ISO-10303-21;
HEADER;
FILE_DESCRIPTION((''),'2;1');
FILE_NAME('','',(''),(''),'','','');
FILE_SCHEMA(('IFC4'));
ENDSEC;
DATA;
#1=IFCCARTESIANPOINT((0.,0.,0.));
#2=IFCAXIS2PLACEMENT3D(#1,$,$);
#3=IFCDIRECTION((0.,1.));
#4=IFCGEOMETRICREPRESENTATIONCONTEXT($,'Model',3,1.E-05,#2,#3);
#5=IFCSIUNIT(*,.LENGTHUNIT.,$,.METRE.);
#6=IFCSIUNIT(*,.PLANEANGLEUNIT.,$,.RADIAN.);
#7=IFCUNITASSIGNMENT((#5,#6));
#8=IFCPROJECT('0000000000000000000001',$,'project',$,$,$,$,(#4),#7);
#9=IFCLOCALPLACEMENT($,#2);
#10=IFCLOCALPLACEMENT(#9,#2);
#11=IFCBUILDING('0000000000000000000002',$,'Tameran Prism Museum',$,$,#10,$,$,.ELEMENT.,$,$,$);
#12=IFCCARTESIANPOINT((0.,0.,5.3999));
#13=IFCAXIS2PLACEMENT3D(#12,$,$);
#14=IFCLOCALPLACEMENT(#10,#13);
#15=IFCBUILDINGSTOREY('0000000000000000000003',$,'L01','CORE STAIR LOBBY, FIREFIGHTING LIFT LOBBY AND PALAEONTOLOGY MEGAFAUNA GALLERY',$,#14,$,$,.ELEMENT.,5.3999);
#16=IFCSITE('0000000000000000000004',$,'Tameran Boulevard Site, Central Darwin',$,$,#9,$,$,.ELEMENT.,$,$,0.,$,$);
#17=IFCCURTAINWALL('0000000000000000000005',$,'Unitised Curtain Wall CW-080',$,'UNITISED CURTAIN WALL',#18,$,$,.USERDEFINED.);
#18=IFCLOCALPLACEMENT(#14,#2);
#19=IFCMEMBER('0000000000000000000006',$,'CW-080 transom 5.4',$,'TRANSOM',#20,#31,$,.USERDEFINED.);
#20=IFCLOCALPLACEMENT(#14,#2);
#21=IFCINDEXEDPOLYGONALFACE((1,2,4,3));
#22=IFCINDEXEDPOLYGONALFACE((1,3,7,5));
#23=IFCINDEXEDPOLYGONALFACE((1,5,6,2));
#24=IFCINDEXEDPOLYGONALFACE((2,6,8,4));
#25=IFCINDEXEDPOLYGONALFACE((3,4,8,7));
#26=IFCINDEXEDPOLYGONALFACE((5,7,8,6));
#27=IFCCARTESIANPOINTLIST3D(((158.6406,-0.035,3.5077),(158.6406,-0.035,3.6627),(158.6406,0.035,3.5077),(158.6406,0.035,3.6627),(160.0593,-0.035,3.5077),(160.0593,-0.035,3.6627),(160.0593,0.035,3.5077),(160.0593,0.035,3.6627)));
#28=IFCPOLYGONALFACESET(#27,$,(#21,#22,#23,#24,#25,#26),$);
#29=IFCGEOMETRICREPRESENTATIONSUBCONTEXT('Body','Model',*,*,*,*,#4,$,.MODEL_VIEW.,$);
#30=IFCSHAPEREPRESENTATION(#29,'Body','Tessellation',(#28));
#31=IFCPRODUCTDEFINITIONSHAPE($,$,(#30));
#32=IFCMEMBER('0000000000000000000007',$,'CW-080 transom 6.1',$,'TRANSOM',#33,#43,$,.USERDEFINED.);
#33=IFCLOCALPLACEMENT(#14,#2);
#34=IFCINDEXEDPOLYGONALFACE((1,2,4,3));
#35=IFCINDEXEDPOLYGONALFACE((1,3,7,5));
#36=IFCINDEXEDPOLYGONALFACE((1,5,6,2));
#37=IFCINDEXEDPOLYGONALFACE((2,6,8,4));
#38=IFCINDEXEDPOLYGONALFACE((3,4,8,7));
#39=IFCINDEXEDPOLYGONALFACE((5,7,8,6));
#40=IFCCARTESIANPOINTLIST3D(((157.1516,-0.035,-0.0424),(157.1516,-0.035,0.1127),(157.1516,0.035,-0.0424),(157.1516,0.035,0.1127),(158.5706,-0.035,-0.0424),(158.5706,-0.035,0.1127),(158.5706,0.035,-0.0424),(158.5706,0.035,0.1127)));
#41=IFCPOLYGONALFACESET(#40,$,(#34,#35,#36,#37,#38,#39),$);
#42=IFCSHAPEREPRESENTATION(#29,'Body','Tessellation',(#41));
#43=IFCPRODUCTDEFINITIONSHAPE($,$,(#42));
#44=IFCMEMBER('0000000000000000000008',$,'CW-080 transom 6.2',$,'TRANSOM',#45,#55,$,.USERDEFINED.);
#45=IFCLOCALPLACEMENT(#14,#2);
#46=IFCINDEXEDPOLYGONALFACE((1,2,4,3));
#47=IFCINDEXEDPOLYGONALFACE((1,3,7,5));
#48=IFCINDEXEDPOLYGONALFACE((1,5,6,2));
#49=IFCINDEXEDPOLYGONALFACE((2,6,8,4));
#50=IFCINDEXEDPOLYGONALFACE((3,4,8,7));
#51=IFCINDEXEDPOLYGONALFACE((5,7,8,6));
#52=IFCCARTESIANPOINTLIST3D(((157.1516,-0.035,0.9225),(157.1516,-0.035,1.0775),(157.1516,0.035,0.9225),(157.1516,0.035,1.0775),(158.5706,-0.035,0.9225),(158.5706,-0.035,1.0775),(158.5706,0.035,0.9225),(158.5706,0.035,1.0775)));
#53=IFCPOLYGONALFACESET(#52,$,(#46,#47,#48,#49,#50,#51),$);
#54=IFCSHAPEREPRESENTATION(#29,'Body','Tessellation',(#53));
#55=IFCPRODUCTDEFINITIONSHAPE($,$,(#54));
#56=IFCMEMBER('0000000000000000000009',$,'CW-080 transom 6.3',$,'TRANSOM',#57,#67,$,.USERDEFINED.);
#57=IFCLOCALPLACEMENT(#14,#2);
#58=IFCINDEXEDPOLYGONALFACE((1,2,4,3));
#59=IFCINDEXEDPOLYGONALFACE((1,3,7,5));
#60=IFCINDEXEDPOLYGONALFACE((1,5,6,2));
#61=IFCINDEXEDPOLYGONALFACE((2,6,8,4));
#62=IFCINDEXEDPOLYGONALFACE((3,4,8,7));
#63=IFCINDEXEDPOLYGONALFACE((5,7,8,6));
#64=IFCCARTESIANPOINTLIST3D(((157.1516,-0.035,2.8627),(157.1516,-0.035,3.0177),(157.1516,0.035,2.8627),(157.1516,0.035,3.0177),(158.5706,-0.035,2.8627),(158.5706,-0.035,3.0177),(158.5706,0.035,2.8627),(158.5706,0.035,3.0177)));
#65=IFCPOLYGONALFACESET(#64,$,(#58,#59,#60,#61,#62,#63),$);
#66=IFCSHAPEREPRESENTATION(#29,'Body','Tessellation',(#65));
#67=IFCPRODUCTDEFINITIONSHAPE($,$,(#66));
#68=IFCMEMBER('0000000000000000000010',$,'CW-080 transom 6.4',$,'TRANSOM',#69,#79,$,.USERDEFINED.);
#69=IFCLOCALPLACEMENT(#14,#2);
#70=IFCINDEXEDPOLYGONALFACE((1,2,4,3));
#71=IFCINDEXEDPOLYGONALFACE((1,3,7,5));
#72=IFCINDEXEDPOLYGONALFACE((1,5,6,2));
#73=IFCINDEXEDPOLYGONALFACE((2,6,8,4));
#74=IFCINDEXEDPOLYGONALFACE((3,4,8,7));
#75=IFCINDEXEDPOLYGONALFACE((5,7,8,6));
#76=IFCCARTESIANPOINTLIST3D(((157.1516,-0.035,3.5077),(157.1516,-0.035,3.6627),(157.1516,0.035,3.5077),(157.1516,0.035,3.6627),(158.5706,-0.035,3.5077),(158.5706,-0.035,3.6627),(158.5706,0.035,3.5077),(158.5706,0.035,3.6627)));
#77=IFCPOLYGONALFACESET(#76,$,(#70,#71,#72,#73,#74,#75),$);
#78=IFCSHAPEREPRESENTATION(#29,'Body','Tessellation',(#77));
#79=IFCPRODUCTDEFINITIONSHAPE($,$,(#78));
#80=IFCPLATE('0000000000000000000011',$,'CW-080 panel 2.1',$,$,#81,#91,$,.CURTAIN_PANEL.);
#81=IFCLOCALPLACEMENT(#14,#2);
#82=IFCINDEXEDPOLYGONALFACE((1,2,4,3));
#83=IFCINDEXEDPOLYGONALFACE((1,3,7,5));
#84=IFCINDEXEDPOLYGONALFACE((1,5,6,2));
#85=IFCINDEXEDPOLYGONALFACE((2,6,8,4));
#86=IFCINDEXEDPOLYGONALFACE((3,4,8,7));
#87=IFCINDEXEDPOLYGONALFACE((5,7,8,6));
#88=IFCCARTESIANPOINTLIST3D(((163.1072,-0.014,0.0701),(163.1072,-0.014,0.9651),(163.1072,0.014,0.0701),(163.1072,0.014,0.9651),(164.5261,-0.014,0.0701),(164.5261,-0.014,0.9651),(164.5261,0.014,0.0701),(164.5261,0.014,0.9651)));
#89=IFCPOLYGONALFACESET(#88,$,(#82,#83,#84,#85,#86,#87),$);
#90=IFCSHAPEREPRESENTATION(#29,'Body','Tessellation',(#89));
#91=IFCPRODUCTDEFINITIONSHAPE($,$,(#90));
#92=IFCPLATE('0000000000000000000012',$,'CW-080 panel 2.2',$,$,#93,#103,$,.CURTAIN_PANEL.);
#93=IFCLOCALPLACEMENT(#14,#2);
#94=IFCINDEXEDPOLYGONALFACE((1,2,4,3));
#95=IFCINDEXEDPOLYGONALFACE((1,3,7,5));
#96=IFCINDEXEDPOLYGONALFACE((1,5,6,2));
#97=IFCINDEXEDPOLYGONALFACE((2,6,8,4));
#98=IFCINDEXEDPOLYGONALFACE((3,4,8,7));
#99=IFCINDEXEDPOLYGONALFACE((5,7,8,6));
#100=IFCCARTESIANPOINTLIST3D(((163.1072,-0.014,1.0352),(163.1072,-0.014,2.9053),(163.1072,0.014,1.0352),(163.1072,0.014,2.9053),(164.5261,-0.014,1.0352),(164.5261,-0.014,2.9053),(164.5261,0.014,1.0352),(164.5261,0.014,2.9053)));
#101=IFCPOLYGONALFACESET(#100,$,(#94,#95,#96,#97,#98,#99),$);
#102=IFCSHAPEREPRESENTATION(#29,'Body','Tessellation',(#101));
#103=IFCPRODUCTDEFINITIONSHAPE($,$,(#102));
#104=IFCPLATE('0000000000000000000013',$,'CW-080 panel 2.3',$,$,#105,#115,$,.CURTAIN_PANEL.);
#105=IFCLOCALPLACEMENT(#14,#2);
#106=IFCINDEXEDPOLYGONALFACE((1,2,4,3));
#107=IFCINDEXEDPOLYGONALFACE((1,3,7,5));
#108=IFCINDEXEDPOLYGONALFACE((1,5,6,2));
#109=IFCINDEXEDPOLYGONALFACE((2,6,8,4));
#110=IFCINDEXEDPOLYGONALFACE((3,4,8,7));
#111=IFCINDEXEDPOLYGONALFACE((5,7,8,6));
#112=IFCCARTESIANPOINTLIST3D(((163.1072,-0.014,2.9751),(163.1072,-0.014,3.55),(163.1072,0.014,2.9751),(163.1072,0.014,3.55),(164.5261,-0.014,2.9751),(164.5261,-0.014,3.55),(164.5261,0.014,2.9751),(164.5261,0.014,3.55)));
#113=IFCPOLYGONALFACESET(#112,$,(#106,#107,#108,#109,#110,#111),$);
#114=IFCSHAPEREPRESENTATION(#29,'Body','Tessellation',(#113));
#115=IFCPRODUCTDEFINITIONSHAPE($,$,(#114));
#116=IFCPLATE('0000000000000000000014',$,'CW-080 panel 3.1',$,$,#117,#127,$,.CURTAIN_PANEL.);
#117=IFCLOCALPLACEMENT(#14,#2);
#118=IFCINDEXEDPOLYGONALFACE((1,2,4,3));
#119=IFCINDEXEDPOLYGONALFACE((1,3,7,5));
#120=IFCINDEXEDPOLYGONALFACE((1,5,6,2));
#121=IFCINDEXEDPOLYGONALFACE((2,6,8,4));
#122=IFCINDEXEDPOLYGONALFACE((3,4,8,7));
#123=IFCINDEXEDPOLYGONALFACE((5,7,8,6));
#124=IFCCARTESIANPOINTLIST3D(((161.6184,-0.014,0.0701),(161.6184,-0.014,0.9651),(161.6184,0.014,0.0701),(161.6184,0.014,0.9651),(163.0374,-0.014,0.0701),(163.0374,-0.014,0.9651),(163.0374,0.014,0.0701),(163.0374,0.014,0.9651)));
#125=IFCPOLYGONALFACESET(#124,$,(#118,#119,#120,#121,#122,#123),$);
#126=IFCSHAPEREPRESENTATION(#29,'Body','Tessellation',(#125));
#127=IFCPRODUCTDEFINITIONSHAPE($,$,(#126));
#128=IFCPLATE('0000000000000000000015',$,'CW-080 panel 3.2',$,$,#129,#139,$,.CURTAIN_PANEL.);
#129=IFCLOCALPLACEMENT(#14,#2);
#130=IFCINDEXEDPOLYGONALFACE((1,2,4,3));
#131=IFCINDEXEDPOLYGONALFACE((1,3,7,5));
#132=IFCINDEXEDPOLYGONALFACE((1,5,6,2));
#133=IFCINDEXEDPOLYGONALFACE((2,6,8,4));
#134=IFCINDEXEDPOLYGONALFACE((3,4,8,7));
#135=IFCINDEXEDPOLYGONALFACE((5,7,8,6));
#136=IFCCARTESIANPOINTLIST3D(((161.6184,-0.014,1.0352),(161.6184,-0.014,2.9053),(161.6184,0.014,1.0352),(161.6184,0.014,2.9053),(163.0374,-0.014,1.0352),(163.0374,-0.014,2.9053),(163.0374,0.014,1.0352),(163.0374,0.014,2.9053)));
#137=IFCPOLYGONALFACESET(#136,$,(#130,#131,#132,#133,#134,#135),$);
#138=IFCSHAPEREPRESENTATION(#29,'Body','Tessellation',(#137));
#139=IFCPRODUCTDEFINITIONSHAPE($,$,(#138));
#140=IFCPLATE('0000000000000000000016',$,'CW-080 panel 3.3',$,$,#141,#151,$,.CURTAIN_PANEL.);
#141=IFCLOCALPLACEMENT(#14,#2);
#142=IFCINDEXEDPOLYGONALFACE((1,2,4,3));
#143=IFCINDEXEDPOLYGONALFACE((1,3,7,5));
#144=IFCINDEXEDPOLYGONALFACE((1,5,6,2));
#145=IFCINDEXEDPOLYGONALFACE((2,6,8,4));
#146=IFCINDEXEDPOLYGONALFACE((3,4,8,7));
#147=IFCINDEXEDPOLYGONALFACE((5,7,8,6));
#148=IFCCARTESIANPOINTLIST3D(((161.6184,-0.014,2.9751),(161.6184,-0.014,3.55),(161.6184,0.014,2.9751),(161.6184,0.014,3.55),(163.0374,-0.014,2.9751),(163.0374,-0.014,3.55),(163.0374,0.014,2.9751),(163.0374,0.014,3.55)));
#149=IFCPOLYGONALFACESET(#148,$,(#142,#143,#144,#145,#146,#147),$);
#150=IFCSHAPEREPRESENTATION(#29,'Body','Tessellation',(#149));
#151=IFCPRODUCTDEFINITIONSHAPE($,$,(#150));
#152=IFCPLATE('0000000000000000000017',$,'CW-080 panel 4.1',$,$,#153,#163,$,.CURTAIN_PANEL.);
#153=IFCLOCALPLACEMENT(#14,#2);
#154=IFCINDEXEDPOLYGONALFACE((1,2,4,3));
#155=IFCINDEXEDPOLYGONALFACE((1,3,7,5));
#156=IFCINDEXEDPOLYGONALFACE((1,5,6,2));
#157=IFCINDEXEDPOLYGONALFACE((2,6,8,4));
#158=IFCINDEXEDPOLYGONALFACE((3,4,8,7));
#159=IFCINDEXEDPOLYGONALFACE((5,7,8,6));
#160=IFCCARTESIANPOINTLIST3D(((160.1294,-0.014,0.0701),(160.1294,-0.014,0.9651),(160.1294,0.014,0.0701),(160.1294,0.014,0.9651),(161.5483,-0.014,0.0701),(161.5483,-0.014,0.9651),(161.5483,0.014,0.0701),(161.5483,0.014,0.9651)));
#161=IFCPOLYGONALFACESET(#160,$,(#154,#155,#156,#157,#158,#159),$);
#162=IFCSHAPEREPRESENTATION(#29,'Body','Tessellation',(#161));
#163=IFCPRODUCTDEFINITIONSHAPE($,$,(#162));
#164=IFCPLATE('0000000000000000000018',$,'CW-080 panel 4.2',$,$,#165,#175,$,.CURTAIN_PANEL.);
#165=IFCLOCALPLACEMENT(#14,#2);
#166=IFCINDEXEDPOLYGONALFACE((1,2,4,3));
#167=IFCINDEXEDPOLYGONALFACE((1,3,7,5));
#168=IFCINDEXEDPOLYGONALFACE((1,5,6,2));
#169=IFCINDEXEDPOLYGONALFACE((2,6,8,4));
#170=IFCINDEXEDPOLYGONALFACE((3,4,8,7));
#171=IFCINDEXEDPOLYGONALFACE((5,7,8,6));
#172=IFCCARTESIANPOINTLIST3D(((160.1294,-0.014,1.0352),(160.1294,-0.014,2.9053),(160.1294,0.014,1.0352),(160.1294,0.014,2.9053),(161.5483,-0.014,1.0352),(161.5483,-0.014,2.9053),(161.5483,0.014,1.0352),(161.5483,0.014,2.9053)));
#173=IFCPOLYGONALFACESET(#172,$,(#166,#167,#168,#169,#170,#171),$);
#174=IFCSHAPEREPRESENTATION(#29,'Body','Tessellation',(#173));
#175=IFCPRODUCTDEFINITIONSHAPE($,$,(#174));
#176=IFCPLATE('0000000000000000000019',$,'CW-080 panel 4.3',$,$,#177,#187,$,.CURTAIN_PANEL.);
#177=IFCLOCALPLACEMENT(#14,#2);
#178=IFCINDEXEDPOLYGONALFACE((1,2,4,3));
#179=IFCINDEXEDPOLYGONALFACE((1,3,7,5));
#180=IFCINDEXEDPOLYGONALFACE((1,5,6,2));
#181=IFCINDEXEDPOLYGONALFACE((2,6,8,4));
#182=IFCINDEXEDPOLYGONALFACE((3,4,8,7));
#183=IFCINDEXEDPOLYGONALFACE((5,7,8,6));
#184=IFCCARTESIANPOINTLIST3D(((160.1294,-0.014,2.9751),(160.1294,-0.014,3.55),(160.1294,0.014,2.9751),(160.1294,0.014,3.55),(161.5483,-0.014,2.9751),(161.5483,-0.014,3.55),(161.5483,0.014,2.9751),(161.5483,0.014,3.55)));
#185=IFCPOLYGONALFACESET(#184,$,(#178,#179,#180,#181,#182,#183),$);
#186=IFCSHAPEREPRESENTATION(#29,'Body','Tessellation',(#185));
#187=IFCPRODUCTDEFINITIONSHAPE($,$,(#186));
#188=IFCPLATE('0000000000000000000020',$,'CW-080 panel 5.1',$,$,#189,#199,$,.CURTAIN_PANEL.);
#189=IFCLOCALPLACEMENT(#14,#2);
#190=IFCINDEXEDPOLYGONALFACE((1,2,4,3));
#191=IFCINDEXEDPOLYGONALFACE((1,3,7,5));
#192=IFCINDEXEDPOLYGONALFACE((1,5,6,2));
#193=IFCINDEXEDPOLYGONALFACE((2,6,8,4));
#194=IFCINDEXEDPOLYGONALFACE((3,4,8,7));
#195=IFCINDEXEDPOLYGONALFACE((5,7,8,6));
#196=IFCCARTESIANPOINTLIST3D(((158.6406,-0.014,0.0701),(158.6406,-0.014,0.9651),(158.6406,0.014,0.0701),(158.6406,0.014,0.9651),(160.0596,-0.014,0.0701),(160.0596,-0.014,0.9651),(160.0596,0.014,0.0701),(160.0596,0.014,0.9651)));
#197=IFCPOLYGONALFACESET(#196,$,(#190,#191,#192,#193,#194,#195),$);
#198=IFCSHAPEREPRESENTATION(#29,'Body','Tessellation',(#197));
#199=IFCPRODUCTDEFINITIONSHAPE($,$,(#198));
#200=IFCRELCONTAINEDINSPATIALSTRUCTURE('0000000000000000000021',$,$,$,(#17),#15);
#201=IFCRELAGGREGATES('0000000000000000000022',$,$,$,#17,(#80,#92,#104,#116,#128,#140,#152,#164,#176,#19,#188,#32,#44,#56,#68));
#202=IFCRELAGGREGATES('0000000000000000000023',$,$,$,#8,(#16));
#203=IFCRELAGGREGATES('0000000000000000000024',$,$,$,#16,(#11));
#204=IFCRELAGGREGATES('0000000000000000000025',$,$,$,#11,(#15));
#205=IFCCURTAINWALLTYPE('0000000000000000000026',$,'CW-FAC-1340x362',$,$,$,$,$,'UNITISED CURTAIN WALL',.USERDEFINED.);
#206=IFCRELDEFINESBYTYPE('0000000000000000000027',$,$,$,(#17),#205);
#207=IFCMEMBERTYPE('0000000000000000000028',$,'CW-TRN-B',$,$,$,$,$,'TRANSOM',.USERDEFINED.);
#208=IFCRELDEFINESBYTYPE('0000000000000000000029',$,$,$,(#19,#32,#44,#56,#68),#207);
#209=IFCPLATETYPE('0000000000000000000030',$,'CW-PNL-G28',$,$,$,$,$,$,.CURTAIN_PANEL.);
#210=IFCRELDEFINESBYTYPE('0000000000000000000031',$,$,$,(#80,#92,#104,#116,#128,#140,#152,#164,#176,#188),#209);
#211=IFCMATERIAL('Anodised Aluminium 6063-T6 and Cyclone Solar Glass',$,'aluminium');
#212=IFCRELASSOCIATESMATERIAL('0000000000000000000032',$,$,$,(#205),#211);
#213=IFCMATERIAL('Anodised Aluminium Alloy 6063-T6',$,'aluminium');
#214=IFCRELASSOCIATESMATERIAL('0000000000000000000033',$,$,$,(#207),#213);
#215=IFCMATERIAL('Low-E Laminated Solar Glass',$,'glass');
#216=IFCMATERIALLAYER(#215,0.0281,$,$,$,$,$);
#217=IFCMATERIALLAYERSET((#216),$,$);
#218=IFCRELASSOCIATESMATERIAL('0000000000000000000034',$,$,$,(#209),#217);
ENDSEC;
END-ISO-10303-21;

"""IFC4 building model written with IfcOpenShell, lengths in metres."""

from ifc_helpers import new_model, si_unit, direction, frame, origin, origin_2d, place, context, subcontext, project, spatial, rectangle, extrude, material, layer, layer_set, material_profile, profile_set, type_object, element, aggregate, save


model = new_model("IFC4")

# Units and contexts
model_context = context("Model", 3, precision=1e-05, world=origin(), true_north=direction((0.0, 1.0)))
body_context = subcontext(model_context, "Body", "Model", "MODEL_VIEW")
ifc_project = project(units=[si_unit("LENGTHUNIT", "METRE"), si_unit("PLANEANGLEUNIT", "RADIAN")], contexts=[model_context])

# Site, building, storey
site_placement = place(None, origin())
site = spatial("IfcSite", under=ifc_project, at=site_placement, Name="Tameran Boulevard Site, Central Darwin", CompositionType="ELEMENT", RefElevation=0.0)
building_placement = place(site_placement, origin())
building = spatial("IfcBuilding", under=site, at=building_placement, Name="Tameran Prism Museum", CompositionType="ELEMENT")
storey_placement = place(building_placement, frame((0.0, 0.0, 5.3999)))
storey = spatial("IfcBuildingStorey", under=building, at=storey_placement, Name="L01", Description="CORE STAIR LOBBY, FIREFIGHTING LIFT LOBBY AND PALAEONTOLOGY MEGAFAUNA GALLERY", CompositionType="ELEMENT", Elevation=5.3999)

# Curtain wall, members, plates
ifc_material_1 = material(Name="Anodised Aluminium 6063-T6 and Cyclone Solar Glass", Category="aluminium")
curtain_wall_type = type_object("IfcCurtainWallType", Name="CW-FAC-1340x362", ElementType="UNITISED CURTAIN WALL", PredefinedType="USERDEFINED", material=ifc_material_1)
curtain_wall_placement = place(storey_placement, origin())
curtain_wall = element("IfcCurtainWall", 1, at=curtain_wall_placement, inside=storey, type_object=curtain_wall_type, Name="Unitised Curtain Wall CW-080", ObjectType="UNITISED CURTAIN WALL", PredefinedType="USERDEFINED")
ifc_material_2 = material(Name="Anodised Aluminium Alloy 6063-T6", Category="aluminium")
ifc_material_profile_1 = material_profile(ifc_material_2, rectangle(XDim=0.0701, YDim=0.155, at=origin_2d()))
ifc_profile_set_1 = profile_set([ifc_material_profile_1])
member_type_1 = type_object("IfcMemberType", Name="CW-TRN-B", ElementType="TRANSOM", PredefinedType="USERDEFINED", material=ifc_profile_set_1)
member_1_placement = place(storey_placement, frame((160.0593, 0.0, 3.5852), z_axis=(-1.0, 0.0, 0.0), x_axis=(0.0, -1.0, 0.0)))
member_1 = element("IfcMember", 2, at=member_1_placement, type_object=member_type_1, Name="CW-080 transom 5.4", ObjectType="TRANSOM", PredefinedType="USERDEFINED", context=body_context, shape_type="SweptSolid", body=[
    extrude(rectangle(XDim=0.0701, YDim=0.155, at=origin_2d()), origin(), (0.0, 0.0, 1.0), 1.4187),
])
member_2_placement = place(storey_placement, frame((158.5706, 0.0, 0.0352), z_axis=(-1.0, 0.0, 0.0), x_axis=(0.0, -1.0, 0.0)))
member_2 = element("IfcMember", 3, at=member_2_placement, type_object=member_type_1, Name="CW-080 transom 6.1", ObjectType="TRANSOM", PredefinedType="USERDEFINED", context=body_context, shape_type="SweptSolid", body=[
    extrude(rectangle(XDim=0.0701, YDim=0.155, at=origin_2d()), origin(), (0.0, 0.0, 1.0), 1.4189),
])
member_3_placement = place(storey_placement, frame((158.5706, 0.0, 1.0), z_axis=(-1.0, 0.0, 0.0), x_axis=(0.0, -1.0, 0.0)))
member_3 = element("IfcMember", 4, at=member_3_placement, type_object=member_type_1, Name="CW-080 transom 6.2", ObjectType="TRANSOM", PredefinedType="USERDEFINED", context=body_context, shape_type="SweptSolid", body=[
    extrude(rectangle(XDim=0.0701, YDim=0.155, at=origin_2d()), origin(), (0.0, 0.0, 1.0), 1.4189),
])
member_4_placement = place(storey_placement, frame((158.5706, 0.0, 2.9402), z_axis=(-1.0, 0.0, 0.0), x_axis=(0.0, -1.0, 0.0)))
member_4 = element("IfcMember", 5, at=member_4_placement, type_object=member_type_1, Name="CW-080 transom 6.3", ObjectType="TRANSOM", PredefinedType="USERDEFINED", context=body_context, shape_type="SweptSolid", body=[
    extrude(rectangle(XDim=0.0701, YDim=0.155, at=origin_2d()), origin(), (0.0, 0.0, 1.0), 1.4189),
])
member_5_placement = place(storey_placement, frame((158.5706, 0.0, 3.5852), z_axis=(-1.0, 0.0, 0.0), x_axis=(0.0, -1.0, 0.0)))
member_5 = element("IfcMember", 6, at=member_5_placement, type_object=member_type_1, Name="CW-080 transom 6.4", ObjectType="TRANSOM", PredefinedType="USERDEFINED", context=body_context, shape_type="SweptSolid", body=[
    extrude(rectangle(XDim=0.0701, YDim=0.155, at=origin_2d()), origin(), (0.0, 0.0, 1.0), 1.4189),
])
ifc_material_3 = material(Name="Low-E Laminated Solar Glass", Category="glass")
ifc_layer = layer(ifc_material_3, 0.0281)
ifc_layer_set = layer_set([ifc_layer])
plate_type = type_object("IfcPlateType", Name="CW-PNL-G28", PredefinedType="CURTAIN_PANEL", material=ifc_layer_set)
plate_1_placement = place(storey_placement, frame((163.8167, 0.0, 0.0701), z_axis=(0.0, 0.0, 1.0), x_axis=(-1.0, 0.0, 0.0)))
plate_1 = element("IfcPlate", 7, at=plate_1_placement, type_object=plate_type, Name="CW-080 panel 2.1", PredefinedType="CURTAIN_PANEL", context=body_context, shape_type="SweptSolid", body=[
    extrude(rectangle(XDim=1.4189, YDim=0.0281, at=origin_2d()), origin(), (0.0, 0.0, 1.0), 0.895),
])
plate_2_placement = place(storey_placement, frame((163.8167, 0.0, 1.0352), z_axis=(0.0, 0.0, 1.0), x_axis=(-1.0, 0.0, 0.0)))
plate_2 = element("IfcPlate", 8, at=plate_2_placement, type_object=plate_type, Name="CW-080 panel 2.2", PredefinedType="CURTAIN_PANEL", context=body_context, shape_type="SweptSolid", body=[
    extrude(rectangle(XDim=1.4189, YDim=0.0281, at=origin_2d()), origin(), (0.0, 0.0, 1.0), 1.8701),
])
plate_3_placement = place(storey_placement, frame((163.8167, 0.0, 2.9751), z_axis=(0.0, 0.0, 1.0), x_axis=(-1.0, 0.0, 0.0)))
plate_3 = element("IfcPlate", 9, at=plate_3_placement, type_object=plate_type, Name="CW-080 panel 2.3", PredefinedType="CURTAIN_PANEL", context=body_context, shape_type="SweptSolid", body=[
    extrude(rectangle(XDim=1.4189, YDim=0.0281, at=origin_2d()), origin(), (0.0, 0.0, 1.0), 0.575),
])
plate_4_placement = place(storey_placement, frame((162.3279, 0.0, 0.0701), z_axis=(0.0, 0.0, 1.0), x_axis=(-1.0, 0.0, 0.0)))
plate_4 = element("IfcPlate", 10, at=plate_4_placement, type_object=plate_type, Name="CW-080 panel 3.1", PredefinedType="CURTAIN_PANEL", context=body_context, shape_type="SweptSolid", body=[
    extrude(rectangle(XDim=1.4189, YDim=0.0281, at=origin_2d()), origin(), (0.0, 0.0, 1.0), 0.895),
])
plate_5_placement = place(storey_placement, frame((162.3279, 0.0, 1.0352), z_axis=(0.0, 0.0, 1.0), x_axis=(-1.0, 0.0, 0.0)))
plate_5 = element("IfcPlate", 11, at=plate_5_placement, type_object=plate_type, Name="CW-080 panel 3.2", PredefinedType="CURTAIN_PANEL", context=body_context, shape_type="SweptSolid", body=[
    extrude(rectangle(XDim=1.4189, YDim=0.0281, at=origin_2d()), origin(), (0.0, 0.0, 1.0), 1.8701),
])
plate_6_placement = place(storey_placement, frame((162.3279, 0.0, 2.9751), z_axis=(0.0, 0.0, 1.0), x_axis=(-1.0, 0.0, 0.0)))
plate_6 = element("IfcPlate", 12, at=plate_6_placement, type_object=plate_type, Name="CW-080 panel 3.3", PredefinedType="CURTAIN_PANEL", context=body_context, shape_type="SweptSolid", body=[
    extrude(rectangle(XDim=1.4189, YDim=0.0281, at=origin_2d()), origin(), (0.0, 0.0, 1.0), 0.575),
])
plate_7_placement = place(storey_placement, frame((160.8389, 0.0, 0.0701), z_axis=(0.0, 0.0, 1.0), x_axis=(-1.0, 0.0, 0.0)))
plate_7 = element("IfcPlate", 13, at=plate_7_placement, type_object=plate_type, Name="CW-080 panel 4.1", PredefinedType="CURTAIN_PANEL", context=body_context, shape_type="SweptSolid", body=[
    extrude(rectangle(XDim=1.4189, YDim=0.0281, at=origin_2d()), origin(), (0.0, 0.0, 1.0), 0.895),
])
plate_8_placement = place(storey_placement, frame((160.8389, 0.0, 1.0352), z_axis=(0.0, 0.0, 1.0), x_axis=(-1.0, 0.0, 0.0)))
plate_8 = element("IfcPlate", 14, at=plate_8_placement, type_object=plate_type, Name="CW-080 panel 4.2", PredefinedType="CURTAIN_PANEL", context=body_context, shape_type="SweptSolid", body=[
    extrude(rectangle(XDim=1.4189, YDim=0.0281, at=origin_2d()), origin(), (0.0, 0.0, 1.0), 1.8701),
])
plate_9_placement = place(storey_placement, frame((160.8389, 0.0, 2.9751), z_axis=(0.0, 0.0, 1.0), x_axis=(-1.0, 0.0, 0.0)))
plate_9 = element("IfcPlate", 15, at=plate_9_placement, type_object=plate_type, Name="CW-080 panel 4.3", PredefinedType="CURTAIN_PANEL", context=body_context, shape_type="SweptSolid", body=[
    extrude(rectangle(XDim=1.4189, YDim=0.0281, at=origin_2d()), origin(), (0.0, 0.0, 1.0), 0.575),
])
plate_10_placement = place(storey_placement, frame((159.3501, 0.0, 0.0701), z_axis=(0.0, 0.0, 1.0), x_axis=(-1.0, 0.0, 0.0)))
plate_10 = element("IfcPlate", 16, at=plate_10_placement, type_object=plate_type, Name="CW-080 panel 5.1", PredefinedType="CURTAIN_PANEL", context=body_context, shape_type="SweptSolid", body=[
    extrude(rectangle(XDim=1.4189, YDim=0.0281, at=origin_2d()), origin(), (0.0, 0.0, 1.0), 0.895),
])
aggregate(curtain_wall, [plate_1, plate_2, plate_3, plate_4, plate_5, plate_6, plate_7, plate_8, plate_9, member_1, plate_10, member_2, member_3, member_4, member_5])

save(model, "model.ifc")
